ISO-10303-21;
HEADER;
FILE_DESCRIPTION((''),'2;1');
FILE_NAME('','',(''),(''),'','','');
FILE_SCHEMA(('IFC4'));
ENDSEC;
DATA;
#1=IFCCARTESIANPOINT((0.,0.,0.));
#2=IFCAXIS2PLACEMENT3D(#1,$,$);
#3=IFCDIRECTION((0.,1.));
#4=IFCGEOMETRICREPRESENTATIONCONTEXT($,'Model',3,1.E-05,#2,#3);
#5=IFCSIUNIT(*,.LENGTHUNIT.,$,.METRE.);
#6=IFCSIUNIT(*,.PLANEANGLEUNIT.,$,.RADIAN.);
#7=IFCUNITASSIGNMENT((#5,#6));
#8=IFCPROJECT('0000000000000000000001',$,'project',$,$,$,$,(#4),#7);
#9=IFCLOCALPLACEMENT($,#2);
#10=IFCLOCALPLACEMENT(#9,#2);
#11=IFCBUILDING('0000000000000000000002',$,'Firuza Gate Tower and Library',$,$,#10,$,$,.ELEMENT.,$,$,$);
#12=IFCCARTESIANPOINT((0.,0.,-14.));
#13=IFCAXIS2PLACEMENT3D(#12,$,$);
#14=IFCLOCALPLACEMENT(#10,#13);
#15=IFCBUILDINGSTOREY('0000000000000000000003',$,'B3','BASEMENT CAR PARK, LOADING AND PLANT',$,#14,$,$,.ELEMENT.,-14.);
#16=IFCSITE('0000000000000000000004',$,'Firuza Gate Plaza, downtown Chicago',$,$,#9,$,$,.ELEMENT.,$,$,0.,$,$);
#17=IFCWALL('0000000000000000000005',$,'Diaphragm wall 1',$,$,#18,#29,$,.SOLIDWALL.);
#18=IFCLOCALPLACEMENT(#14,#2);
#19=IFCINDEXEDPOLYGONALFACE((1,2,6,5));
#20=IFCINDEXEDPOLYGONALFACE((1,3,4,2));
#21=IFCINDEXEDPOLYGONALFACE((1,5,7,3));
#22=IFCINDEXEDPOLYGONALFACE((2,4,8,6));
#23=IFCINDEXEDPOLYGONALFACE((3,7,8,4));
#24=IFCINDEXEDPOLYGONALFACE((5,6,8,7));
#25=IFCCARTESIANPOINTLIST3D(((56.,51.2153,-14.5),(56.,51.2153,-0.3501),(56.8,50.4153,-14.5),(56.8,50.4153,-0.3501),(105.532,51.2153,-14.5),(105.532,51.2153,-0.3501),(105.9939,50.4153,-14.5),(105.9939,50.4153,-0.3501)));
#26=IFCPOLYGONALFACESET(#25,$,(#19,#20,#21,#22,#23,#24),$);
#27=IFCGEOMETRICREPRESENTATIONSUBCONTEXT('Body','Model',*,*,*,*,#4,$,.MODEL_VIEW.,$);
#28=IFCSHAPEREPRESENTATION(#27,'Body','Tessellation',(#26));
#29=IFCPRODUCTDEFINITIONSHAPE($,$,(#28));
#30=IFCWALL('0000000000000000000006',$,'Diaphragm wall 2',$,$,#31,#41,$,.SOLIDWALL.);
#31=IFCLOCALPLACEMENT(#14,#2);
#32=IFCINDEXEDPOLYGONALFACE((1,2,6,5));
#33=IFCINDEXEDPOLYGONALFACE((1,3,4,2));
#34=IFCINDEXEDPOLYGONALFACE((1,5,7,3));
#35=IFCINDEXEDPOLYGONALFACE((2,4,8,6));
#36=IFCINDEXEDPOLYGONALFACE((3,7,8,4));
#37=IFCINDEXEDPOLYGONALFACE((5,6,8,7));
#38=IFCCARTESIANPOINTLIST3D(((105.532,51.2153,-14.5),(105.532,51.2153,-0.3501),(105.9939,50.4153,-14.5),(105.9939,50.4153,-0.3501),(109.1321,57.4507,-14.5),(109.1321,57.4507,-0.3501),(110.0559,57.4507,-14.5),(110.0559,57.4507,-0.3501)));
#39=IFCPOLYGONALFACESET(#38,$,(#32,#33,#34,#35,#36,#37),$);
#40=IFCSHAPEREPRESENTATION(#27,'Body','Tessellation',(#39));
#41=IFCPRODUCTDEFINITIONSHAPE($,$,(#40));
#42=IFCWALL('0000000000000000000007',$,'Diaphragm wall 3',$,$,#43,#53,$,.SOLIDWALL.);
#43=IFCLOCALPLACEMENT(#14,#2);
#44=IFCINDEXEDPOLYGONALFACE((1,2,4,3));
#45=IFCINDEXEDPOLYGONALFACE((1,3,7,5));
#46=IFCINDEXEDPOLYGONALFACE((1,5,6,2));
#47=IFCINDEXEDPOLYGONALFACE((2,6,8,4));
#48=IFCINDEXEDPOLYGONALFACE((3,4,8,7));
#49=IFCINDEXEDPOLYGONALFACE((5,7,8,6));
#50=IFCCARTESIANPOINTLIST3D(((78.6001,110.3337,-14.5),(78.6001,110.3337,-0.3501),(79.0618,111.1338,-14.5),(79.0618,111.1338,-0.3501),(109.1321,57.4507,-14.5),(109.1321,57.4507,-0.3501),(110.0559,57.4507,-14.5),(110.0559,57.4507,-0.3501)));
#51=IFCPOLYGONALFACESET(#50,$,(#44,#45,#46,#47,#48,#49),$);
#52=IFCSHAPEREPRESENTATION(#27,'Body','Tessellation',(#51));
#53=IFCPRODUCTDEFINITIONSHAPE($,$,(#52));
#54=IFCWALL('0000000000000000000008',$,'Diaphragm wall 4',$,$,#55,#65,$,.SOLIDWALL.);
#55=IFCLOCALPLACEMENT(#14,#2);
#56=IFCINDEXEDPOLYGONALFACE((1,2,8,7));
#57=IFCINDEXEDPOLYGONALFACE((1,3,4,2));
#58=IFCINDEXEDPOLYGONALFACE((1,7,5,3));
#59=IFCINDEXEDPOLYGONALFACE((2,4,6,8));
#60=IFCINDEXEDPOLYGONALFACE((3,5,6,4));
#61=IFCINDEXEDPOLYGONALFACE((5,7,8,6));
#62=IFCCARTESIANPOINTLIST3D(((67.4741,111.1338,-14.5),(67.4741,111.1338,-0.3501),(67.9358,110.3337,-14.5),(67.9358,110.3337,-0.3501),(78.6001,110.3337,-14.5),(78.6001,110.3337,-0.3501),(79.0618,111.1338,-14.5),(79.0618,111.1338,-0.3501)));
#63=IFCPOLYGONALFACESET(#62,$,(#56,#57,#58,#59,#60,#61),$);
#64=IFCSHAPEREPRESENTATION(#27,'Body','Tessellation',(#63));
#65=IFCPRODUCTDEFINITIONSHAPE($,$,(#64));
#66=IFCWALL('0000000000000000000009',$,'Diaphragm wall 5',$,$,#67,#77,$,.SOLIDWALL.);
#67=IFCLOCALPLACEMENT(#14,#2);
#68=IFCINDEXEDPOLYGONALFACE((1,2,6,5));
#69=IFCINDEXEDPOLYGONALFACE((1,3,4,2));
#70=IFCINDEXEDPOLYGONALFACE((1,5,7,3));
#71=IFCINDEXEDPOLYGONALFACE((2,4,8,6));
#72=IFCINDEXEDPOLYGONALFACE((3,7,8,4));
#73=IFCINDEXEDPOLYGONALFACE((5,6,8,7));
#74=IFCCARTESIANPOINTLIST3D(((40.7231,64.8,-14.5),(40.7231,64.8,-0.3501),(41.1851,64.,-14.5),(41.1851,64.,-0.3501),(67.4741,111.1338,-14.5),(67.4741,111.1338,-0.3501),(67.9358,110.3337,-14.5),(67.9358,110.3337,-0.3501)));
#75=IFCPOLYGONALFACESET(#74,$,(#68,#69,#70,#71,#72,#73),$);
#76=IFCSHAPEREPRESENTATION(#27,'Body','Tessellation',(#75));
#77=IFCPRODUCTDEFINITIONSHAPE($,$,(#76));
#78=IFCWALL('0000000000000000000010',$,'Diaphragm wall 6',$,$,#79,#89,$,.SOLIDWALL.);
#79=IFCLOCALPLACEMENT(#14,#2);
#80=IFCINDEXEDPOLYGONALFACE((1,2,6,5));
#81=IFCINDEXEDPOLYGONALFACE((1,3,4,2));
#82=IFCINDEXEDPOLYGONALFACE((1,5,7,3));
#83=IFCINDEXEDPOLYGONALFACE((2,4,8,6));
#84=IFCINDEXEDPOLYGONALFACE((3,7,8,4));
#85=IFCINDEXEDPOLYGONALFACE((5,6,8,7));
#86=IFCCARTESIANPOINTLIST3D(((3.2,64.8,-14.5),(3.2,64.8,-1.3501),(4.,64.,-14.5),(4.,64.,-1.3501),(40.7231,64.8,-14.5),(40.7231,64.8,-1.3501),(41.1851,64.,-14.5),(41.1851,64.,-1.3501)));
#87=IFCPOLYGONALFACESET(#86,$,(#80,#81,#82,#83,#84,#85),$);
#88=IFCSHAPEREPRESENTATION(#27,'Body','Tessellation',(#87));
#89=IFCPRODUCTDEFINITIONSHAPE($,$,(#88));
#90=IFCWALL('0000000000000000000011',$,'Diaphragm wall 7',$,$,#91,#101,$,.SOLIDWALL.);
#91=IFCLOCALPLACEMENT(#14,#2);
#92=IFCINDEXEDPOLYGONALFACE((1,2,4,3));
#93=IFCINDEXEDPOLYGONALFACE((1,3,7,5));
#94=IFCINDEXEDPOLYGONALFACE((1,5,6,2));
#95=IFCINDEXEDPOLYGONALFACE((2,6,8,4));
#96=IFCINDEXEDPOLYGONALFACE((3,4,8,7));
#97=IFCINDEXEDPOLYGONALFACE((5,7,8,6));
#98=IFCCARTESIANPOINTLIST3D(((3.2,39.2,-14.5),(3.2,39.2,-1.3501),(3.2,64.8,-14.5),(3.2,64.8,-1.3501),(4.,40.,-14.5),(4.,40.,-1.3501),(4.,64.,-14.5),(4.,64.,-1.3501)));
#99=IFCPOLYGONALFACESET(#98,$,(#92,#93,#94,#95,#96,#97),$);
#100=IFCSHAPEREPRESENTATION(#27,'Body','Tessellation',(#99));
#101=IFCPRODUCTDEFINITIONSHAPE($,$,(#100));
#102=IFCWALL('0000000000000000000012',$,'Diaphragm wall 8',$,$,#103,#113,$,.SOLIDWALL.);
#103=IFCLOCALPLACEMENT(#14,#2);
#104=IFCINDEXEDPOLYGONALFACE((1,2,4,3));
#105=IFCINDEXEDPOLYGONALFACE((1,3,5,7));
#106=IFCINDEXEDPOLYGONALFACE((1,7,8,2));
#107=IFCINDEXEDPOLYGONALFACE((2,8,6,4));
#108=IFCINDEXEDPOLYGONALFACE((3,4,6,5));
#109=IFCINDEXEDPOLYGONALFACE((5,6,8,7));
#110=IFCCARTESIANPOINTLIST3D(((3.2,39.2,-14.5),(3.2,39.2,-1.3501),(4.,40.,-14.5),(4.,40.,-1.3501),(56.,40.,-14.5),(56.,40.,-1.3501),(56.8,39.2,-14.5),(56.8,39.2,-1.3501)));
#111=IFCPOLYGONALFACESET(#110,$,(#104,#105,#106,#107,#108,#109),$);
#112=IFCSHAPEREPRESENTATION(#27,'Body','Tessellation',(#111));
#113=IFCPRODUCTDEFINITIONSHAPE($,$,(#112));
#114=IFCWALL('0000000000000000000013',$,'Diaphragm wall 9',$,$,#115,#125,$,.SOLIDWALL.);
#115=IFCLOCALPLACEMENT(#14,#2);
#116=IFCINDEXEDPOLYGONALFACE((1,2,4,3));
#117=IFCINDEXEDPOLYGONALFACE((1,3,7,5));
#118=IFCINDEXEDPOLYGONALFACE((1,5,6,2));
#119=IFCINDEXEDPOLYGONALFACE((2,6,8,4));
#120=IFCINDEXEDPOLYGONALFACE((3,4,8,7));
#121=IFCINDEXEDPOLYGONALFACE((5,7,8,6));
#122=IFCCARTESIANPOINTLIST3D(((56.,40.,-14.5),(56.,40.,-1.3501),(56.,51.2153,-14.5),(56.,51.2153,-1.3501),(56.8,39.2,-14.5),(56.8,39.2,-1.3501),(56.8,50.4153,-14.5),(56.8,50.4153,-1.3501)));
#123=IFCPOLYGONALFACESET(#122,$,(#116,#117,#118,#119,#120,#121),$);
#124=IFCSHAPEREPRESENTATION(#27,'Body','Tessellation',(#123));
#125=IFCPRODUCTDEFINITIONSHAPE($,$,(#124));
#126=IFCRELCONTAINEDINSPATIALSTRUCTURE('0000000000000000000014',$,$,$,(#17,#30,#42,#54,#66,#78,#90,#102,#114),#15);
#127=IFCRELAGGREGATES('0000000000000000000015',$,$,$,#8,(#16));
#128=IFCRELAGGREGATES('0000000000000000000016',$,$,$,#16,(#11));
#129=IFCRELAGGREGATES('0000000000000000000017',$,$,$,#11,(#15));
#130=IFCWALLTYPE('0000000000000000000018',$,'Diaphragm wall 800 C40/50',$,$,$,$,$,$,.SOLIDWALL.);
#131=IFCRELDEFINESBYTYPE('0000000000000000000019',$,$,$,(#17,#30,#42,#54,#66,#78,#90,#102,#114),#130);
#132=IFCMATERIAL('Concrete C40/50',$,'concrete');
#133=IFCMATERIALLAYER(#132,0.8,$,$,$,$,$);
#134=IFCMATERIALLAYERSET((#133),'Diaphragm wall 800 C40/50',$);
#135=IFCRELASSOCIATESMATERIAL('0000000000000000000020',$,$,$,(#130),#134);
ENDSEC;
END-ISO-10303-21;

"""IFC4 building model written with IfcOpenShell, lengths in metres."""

from ifc_helpers import new_model, si_unit, direction, frame, origin, place, context, subcontext, project, spatial, polyline, outline, extrude, material, layer, layer_set, type_object, element, save


model = new_model("IFC4")

# Units and contexts
model_context = context("Model", 3, precision=1e-05, world=origin(), true_north=direction((0.0, 1.0)))
body_context = subcontext(model_context, "Body", "Model", "MODEL_VIEW")
ifc_project = project(units=[si_unit("LENGTHUNIT", "METRE"), si_unit("PLANEANGLEUNIT", "RADIAN")], contexts=[model_context])

# Site, building, storey
site_placement = place(None, origin())
site = spatial("IfcSite", under=ifc_project, at=site_placement, Name="Firuza Gate Plaza, downtown Chicago", CompositionType="ELEMENT", RefElevation=0.0)
building_placement = place(site_placement, origin())
building = spatial("IfcBuilding", under=site, at=building_placement, Name="Firuza Gate Tower and Library", CompositionType="ELEMENT")
storey_placement = place(building_placement, frame((0.0, 0.0, -14.0)))
storey = spatial("IfcBuildingStorey", under=building, at=storey_placement, Name="B3", Description="BASEMENT CAR PARK, LOADING AND PLANT", CompositionType="ELEMENT", Elevation=-14.0)

# Walls
ifc_material_1 = material(Name="Concrete C40/50", Category="concrete")
ifc_layer_1 = layer(ifc_material_1, 0.8)
ifc_layer_set_1 = layer_set([ifc_layer_1], Name="Diaphragm wall 800 C40/50")
wall_type = type_object("IfcWallType", Name="Diaphragm wall 800 C40/50", PredefinedType="SOLIDWALL", material=ifc_layer_set_1)
placement_1 = place(storey_placement, frame((0.0, 0.0, -14.5)))
element("IfcWall", 1, at=placement_1, inside=storey, type_object=wall_type, Name="Diaphragm wall 1", PredefinedType="SOLIDWALL", context=body_context, shape_type="SweptSolid", body=[
    extrude(outline(polyline([(56.0, 51.2153), (105.532, 51.2153), (105.9939, 50.4153), (56.8, 50.4153), (56.0, 51.2153)])), origin(), (0.0, 0.0, 1.0), 14.1499),
])
element("IfcWall", 2, at=placement_1, inside=storey, type_object=wall_type, Name="Diaphragm wall 2", PredefinedType="SOLIDWALL", context=body_context, shape_type="SweptSolid", body=[
    extrude(outline(polyline([(105.532, 51.2153), (109.1321, 57.4507), (110.0559, 57.4507), (105.9939, 50.4153), (105.532, 51.2153)])), origin(), (0.0, 0.0, 1.0), 14.1499),
])
element("IfcWall", 3, at=placement_1, inside=storey, type_object=wall_type, Name="Diaphragm wall 3", PredefinedType="SOLIDWALL", context=body_context, shape_type="SweptSolid", body=[
    extrude(outline(polyline([(109.1321, 57.4507), (78.6001, 110.3337), (79.0618, 111.1338), (110.0559, 57.4507), (109.1321, 57.4507)])), origin(), (0.0, 0.0, 1.0), 14.1499),
])
element("IfcWall", 4, at=placement_1, inside=storey, type_object=wall_type, Name="Diaphragm wall 4", PredefinedType="SOLIDWALL", context=body_context, shape_type="SweptSolid", body=[
    extrude(outline(polyline([(78.6001, 110.3337), (67.9358, 110.3337), (67.4741, 111.1338), (79.0618, 111.1338), (78.6001, 110.3337)])), origin(), (0.0, 0.0, 1.0), 14.1499),
])
element("IfcWall", 5, at=placement_1, inside=storey, type_object=wall_type, Name="Diaphragm wall 5", PredefinedType="SOLIDWALL", context=body_context, shape_type="SweptSolid", body=[
    extrude(outline(polyline([(67.9358, 110.3337), (41.1851, 64.0), (40.7231, 64.8), (67.4741, 111.1338), (67.9358, 110.3337)])), origin(), (0.0, 0.0, 1.0), 14.1499),
])
element("IfcWall", 6, at=placement_1, inside=storey, type_object=wall_type, Name="Diaphragm wall 6", PredefinedType="SOLIDWALL", context=body_context, shape_type="SweptSolid", body=[
    extrude(outline(polyline([(41.1851, 64.0), (4.0, 64.0), (3.2, 64.8), (40.7231, 64.8), (41.1851, 64.0)])), origin(), (0.0, 0.0, 1.0), 13.1499),
])
element("IfcWall", 7, at=placement_1, inside=storey, type_object=wall_type, Name="Diaphragm wall 7", PredefinedType="SOLIDWALL", context=body_context, shape_type="SweptSolid", body=[
    extrude(outline(polyline([(4.0, 64.0), (4.0, 40.0), (3.2, 39.2), (3.2, 64.8), (4.0, 64.0)])), origin(), (0.0, 0.0, 1.0), 13.1499),
])
element("IfcWall", 8, at=placement_1, inside=storey, type_object=wall_type, Name="Diaphragm wall 8", PredefinedType="SOLIDWALL", context=body_context, shape_type="SweptSolid", body=[
    extrude(outline(polyline([(4.0, 40.0), (56.0, 40.0), (56.8, 39.2), (3.2, 39.2), (4.0, 40.0)])), origin(), (0.0, 0.0, 1.0), 13.1499),
])
element("IfcWall", 9, at=placement_1, inside=storey, type_object=wall_type, Name="Diaphragm wall 9", PredefinedType="SOLIDWALL", context=body_context, shape_type="SweptSolid", body=[
    extrude(outline(polyline([(56.0, 40.0), (56.0, 51.2153), (56.8, 50.4153), (56.8, 39.2), (56.0, 40.0)])), origin(), (0.0, 0.0, 1.0), 13.1499),
])

save(model, "model.ifc")
